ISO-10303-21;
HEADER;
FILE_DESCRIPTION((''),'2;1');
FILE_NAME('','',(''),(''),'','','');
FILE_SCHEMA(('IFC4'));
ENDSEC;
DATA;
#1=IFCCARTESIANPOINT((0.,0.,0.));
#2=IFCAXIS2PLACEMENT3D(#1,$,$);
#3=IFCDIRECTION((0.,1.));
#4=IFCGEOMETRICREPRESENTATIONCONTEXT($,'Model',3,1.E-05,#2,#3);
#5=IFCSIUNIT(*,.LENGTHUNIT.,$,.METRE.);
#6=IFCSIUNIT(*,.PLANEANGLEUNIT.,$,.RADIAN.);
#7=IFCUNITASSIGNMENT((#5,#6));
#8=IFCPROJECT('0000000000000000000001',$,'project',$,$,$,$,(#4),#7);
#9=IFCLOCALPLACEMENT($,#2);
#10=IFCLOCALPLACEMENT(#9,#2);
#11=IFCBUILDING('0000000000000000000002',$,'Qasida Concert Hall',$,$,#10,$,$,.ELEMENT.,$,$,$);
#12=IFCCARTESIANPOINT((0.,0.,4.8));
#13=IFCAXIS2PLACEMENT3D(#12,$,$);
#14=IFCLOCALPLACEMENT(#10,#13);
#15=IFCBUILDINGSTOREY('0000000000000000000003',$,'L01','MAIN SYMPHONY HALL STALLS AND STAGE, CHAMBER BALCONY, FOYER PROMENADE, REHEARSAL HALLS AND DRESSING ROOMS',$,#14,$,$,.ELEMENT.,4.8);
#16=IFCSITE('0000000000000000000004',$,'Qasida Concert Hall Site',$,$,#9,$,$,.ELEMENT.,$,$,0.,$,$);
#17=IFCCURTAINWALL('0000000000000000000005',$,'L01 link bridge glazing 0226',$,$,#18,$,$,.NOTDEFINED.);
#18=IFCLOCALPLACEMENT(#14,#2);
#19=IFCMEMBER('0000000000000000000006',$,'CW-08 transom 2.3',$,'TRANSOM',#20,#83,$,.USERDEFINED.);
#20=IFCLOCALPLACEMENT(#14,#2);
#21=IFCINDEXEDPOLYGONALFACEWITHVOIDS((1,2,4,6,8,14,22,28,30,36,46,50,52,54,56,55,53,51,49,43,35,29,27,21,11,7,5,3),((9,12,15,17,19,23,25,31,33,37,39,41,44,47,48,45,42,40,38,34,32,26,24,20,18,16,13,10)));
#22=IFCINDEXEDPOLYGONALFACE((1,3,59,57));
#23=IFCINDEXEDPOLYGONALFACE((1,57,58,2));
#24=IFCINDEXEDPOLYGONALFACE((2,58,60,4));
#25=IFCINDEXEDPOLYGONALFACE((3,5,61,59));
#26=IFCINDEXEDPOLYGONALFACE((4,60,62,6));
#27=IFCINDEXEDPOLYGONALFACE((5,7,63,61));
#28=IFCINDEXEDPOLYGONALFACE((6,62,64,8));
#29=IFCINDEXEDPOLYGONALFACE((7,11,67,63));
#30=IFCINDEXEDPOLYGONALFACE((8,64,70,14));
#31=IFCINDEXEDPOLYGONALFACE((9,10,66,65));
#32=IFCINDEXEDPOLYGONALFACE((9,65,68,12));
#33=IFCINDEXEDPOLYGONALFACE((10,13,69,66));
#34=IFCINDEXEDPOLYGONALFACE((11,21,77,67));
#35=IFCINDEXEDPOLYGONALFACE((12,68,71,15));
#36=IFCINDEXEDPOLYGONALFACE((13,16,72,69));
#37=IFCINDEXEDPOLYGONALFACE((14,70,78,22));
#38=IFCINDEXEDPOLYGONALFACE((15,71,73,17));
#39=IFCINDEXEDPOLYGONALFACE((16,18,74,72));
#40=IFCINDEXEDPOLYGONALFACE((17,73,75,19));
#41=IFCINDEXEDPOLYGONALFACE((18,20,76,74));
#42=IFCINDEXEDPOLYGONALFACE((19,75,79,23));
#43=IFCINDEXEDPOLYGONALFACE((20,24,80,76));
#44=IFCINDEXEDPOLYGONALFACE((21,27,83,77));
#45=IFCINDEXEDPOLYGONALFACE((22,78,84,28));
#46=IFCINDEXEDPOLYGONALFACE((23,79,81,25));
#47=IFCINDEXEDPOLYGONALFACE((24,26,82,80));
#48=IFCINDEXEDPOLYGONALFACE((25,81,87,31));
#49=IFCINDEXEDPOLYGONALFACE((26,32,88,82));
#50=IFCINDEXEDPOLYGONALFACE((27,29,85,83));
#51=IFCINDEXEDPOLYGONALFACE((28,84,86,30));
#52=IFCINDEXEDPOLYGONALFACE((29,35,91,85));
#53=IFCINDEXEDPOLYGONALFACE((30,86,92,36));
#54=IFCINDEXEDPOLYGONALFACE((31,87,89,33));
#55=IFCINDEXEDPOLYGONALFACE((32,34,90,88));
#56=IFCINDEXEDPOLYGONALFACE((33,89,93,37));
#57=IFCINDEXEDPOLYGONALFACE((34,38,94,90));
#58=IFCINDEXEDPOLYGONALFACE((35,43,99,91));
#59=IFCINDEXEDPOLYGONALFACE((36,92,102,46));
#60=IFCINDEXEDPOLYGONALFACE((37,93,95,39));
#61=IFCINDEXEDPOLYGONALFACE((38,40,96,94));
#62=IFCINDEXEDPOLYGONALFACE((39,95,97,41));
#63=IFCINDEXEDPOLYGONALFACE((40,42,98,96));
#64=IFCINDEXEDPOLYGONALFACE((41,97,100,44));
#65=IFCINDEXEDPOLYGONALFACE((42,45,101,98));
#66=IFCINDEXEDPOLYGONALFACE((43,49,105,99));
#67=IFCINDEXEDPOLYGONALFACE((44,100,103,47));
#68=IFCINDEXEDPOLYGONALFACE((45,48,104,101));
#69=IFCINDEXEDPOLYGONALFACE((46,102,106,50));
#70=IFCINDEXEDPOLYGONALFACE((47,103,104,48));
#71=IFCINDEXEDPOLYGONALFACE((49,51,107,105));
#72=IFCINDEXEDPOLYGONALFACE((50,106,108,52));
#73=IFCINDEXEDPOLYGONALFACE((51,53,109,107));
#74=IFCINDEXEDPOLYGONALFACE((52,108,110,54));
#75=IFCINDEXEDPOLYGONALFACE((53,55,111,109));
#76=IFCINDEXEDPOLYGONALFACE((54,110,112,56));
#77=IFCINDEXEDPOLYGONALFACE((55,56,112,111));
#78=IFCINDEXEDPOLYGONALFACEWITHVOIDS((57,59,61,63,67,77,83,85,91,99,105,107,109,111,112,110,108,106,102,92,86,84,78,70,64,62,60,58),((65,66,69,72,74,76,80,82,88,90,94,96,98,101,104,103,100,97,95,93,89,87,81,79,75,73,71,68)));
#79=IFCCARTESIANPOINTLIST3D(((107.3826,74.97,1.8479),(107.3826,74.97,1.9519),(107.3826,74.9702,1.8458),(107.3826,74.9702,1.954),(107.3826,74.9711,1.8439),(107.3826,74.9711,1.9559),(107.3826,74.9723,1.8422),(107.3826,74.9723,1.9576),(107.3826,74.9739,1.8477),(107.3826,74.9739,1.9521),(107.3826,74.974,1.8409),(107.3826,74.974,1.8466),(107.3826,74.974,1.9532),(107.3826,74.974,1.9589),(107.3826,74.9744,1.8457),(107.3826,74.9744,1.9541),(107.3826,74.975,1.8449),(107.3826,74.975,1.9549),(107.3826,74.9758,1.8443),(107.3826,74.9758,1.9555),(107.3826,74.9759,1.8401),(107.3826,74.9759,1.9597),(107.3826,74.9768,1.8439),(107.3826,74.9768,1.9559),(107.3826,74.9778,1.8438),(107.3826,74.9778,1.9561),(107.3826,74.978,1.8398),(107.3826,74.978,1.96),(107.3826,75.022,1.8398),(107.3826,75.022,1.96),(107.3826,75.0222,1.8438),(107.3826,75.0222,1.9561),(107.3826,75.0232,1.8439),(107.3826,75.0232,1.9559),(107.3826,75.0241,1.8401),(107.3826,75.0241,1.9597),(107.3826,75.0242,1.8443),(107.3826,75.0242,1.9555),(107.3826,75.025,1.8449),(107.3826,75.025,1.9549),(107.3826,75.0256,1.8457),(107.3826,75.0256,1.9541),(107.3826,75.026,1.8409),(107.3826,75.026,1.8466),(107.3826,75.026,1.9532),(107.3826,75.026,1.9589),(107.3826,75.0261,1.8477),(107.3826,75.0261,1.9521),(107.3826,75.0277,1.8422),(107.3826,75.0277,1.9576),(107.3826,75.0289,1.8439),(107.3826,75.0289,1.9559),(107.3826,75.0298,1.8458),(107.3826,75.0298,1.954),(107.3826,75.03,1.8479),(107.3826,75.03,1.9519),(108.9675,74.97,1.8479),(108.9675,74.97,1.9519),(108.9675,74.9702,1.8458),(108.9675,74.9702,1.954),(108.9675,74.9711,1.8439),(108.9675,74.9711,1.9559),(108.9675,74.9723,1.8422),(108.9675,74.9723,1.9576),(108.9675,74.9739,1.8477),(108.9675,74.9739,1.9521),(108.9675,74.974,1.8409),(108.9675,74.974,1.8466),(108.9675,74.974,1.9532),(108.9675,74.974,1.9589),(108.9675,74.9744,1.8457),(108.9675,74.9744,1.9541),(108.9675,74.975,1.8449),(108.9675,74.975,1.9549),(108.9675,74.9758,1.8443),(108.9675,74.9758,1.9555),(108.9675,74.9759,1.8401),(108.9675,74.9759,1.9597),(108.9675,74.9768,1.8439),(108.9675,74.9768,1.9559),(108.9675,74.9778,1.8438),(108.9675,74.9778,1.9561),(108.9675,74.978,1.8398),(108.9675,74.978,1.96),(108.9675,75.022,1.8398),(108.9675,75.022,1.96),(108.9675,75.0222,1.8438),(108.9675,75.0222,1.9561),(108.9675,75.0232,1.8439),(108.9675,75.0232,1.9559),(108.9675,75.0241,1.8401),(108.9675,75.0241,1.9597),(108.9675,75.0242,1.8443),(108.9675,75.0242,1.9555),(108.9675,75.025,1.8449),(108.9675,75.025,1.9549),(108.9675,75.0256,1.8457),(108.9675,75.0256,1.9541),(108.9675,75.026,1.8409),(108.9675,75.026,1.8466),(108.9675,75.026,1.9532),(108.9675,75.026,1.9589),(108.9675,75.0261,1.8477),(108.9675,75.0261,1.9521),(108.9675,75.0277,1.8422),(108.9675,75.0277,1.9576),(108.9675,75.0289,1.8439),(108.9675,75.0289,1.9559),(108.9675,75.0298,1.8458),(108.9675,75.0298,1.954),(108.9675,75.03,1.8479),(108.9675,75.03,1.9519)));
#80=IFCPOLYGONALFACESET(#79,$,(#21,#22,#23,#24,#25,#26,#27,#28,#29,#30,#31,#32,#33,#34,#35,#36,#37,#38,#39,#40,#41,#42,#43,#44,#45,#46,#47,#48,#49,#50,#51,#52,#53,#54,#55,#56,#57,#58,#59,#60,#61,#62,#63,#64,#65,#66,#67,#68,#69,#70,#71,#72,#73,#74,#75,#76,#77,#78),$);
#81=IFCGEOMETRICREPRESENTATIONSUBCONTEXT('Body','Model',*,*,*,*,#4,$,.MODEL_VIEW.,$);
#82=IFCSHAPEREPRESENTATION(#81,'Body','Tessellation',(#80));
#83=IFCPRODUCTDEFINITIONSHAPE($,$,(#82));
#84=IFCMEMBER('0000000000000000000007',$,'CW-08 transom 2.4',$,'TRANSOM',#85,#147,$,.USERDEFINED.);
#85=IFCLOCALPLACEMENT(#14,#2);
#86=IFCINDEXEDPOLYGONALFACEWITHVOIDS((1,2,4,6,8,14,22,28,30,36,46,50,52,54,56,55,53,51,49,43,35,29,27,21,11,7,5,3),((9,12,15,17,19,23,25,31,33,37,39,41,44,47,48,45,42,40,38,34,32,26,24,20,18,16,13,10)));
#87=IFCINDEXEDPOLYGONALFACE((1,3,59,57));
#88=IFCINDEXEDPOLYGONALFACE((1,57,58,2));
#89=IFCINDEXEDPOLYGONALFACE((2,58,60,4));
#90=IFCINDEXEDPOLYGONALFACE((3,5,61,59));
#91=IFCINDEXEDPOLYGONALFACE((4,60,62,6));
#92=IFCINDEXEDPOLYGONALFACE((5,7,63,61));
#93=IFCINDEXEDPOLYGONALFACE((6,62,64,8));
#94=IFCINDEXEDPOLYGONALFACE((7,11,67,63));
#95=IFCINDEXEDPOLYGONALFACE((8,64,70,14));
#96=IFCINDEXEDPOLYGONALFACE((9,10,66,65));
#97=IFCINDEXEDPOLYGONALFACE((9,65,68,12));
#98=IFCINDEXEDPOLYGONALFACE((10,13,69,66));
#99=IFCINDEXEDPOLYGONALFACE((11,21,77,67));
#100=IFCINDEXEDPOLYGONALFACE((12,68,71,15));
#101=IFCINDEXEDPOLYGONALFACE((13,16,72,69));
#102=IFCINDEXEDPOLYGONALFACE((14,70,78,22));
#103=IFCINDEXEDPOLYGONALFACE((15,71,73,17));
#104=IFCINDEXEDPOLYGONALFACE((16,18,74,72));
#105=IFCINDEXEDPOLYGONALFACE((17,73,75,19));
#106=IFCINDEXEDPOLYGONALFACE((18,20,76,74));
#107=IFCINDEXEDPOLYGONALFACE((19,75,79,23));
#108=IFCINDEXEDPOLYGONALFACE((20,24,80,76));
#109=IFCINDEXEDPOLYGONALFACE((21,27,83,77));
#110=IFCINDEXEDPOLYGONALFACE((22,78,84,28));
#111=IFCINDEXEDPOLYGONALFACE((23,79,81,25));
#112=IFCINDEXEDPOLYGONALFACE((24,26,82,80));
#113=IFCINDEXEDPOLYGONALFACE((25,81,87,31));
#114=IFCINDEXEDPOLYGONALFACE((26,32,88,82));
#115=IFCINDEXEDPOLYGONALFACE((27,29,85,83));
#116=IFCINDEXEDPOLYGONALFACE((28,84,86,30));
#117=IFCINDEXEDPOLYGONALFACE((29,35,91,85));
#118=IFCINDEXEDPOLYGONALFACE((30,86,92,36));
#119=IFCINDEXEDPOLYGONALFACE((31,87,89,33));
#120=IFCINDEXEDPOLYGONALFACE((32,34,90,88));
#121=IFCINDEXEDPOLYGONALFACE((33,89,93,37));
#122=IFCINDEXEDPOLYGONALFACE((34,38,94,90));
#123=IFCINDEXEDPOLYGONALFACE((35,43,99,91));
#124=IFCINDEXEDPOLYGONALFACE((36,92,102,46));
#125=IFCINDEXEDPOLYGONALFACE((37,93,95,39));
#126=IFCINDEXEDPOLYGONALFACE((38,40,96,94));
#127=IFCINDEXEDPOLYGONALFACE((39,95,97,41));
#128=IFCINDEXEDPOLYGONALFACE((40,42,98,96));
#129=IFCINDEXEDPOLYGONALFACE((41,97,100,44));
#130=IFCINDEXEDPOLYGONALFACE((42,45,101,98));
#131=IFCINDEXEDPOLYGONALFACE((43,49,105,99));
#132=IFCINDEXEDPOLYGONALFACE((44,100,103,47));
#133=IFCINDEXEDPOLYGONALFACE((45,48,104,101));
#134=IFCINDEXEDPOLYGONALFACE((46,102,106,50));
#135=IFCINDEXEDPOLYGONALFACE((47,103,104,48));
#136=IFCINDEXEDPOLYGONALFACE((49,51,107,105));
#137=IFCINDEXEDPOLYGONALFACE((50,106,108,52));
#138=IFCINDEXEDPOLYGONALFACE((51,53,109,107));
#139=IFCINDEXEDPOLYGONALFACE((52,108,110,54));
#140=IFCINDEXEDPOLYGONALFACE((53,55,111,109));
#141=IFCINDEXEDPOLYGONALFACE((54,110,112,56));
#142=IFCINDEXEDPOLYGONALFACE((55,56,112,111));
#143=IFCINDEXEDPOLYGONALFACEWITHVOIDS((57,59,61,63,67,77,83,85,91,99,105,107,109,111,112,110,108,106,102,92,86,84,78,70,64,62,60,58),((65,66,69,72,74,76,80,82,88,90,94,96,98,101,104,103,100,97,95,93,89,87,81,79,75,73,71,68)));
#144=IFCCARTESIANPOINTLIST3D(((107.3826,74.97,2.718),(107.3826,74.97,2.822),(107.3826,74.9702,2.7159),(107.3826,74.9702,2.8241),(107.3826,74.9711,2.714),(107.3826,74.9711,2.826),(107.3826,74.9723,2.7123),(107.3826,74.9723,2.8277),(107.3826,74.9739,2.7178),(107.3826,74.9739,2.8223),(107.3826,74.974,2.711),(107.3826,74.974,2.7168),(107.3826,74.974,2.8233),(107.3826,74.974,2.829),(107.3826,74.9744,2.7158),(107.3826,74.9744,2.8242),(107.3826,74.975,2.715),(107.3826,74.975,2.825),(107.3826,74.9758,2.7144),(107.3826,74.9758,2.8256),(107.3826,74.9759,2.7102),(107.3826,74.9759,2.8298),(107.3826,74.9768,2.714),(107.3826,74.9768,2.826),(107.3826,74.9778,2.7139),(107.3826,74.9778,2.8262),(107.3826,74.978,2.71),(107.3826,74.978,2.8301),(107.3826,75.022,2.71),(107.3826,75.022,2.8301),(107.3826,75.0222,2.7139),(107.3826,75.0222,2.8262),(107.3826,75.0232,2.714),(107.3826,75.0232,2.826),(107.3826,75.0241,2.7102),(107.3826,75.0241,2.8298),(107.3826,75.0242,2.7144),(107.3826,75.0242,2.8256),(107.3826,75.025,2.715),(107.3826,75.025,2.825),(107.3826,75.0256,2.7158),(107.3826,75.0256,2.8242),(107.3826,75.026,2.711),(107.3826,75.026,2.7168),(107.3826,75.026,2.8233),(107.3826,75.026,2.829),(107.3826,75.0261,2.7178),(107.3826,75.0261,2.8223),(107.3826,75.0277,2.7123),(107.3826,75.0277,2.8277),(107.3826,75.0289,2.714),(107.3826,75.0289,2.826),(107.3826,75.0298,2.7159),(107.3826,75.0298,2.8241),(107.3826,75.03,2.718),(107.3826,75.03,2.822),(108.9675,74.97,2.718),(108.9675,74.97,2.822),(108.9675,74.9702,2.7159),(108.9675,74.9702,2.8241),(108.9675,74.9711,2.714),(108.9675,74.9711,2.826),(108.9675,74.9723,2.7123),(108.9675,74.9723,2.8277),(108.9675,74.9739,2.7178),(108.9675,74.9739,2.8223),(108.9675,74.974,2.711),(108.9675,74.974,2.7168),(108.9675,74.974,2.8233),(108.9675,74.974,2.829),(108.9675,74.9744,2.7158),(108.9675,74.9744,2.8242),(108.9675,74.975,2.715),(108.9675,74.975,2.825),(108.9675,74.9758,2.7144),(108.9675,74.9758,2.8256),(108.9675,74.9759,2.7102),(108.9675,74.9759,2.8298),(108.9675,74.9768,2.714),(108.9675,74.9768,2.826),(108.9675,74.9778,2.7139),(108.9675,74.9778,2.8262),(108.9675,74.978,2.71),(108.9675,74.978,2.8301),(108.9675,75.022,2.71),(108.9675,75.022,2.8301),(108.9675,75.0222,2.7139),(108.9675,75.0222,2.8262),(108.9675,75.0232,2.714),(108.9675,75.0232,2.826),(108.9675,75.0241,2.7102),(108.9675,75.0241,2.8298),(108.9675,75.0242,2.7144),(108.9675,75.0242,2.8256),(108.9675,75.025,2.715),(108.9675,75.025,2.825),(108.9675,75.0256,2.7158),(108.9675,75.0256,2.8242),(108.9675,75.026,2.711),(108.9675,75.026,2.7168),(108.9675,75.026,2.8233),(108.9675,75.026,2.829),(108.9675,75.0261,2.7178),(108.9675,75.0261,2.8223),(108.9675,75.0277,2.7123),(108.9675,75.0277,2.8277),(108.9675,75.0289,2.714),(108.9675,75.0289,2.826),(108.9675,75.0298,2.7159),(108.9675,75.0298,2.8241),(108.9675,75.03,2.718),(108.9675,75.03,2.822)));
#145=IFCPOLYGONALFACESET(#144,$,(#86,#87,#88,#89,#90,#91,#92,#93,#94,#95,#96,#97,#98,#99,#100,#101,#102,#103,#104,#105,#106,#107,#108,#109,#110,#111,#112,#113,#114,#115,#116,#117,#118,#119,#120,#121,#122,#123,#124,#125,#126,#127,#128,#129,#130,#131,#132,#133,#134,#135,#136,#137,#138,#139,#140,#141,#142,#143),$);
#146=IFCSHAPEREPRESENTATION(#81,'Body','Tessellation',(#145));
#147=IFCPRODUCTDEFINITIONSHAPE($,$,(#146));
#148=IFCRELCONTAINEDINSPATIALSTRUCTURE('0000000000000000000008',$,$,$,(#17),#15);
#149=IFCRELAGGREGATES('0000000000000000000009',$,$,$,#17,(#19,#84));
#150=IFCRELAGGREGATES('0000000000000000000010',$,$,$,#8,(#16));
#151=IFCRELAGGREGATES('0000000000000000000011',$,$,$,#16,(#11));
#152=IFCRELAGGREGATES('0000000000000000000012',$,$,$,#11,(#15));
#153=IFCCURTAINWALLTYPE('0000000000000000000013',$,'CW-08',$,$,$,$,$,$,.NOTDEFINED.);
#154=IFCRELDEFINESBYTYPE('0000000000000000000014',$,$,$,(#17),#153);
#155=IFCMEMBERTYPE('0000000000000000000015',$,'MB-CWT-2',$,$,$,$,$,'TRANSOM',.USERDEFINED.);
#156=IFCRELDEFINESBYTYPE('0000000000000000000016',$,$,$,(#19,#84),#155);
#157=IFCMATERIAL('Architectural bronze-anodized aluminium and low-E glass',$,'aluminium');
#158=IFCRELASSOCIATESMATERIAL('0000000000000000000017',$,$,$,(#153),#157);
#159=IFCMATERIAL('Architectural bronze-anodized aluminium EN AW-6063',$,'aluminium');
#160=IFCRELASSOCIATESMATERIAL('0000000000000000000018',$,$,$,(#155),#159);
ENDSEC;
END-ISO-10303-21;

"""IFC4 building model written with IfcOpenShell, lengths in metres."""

from ifc_helpers import new_model, si_unit, direction, frame, origin, origin_2d, place, context, subcontext, project, spatial, hollow_rectangle, extrude, material, material_profile, profile_set, type_object, element, aggregate, save


model = new_model("IFC4")

# Units and contexts
model_context = context("Model", 3, precision=1e-05, world=origin(), true_north=direction((0.0, 1.0)))
body_context = subcontext(model_context, "Body", "Model", "MODEL_VIEW")
ifc_project = project(units=[si_unit("LENGTHUNIT", "METRE"), si_unit("PLANEANGLEUNIT", "RADIAN")], contexts=[model_context])

# Site, building, storey
site_placement = place(None, origin())
site = spatial("IfcSite", under=ifc_project, at=site_placement, Name="Qasida Concert Hall Site", CompositionType="ELEMENT", RefElevation=0.0)
building_placement = place(site_placement, origin())
building = spatial("IfcBuilding", under=site, at=building_placement, Name="Qasida Concert Hall", CompositionType="ELEMENT")
storey_placement = place(building_placement, frame((0.0, 0.0, 4.8)))
storey = spatial("IfcBuildingStorey", under=building, at=storey_placement, Name="L01", Description="MAIN SYMPHONY HALL STALLS AND STAGE, CHAMBER BALCONY, FOYER PROMENADE, REHEARSAL HALLS AND DRESSING ROOMS", CompositionType="ELEMENT", Elevation=4.8)

# Curtain wall, members
ifc_material_1 = material(Name="Architectural bronze-anodized aluminium and low-E glass", Category="aluminium")
curtain_wall_type = type_object("IfcCurtainWallType", Name="CW-08", PredefinedType="NOTDEFINED", material=ifc_material_1)
curtain_wall_placement = place(storey_placement, origin())
curtain_wall = element("IfcCurtainWall", 1, at=curtain_wall_placement, inside=storey, type_object=curtain_wall_type, Name="L01 link bridge glazing 0226", PredefinedType="NOTDEFINED")
ifc_material_2 = material(Name="Architectural bronze-anodized aluminium EN AW-6063", Category="aluminium")
ifc_material_profile_1 = material_profile(ifc_material_2, hollow_rectangle(XDim=0.0601, YDim=0.1201, WallThickness=0.0039, InnerFilletRadius=0.0039, OuterFilletRadius=0.0081, at=origin_2d()), Name="CWT 120x60x4")
ifc_profile_set_1 = profile_set([ifc_material_profile_1], Name="Architectural bronze-anodized aluminium EN AW-6063")
member_type_1 = type_object("IfcMemberType", Name="MB-CWT-2", ElementType="TRANSOM", PredefinedType="USERDEFINED", material=ifc_profile_set_1)
member_1_placement = place(storey_placement, frame((107.3826, 75.0, 1.8999), z_axis=(1.0, 0.0, 0.0), x_axis=(0.0, 1.0, 0.0)))
member_1 = element("IfcMember", 2, at=member_1_placement, type_object=member_type_1, Name="CW-08 transom 2.3", ObjectType="TRANSOM", PredefinedType="USERDEFINED", context=body_context, shape_type="SweptSolid", body=[
    extrude(hollow_rectangle(XDim=0.0601, YDim=0.1201, WallThickness=0.0039, InnerFilletRadius=0.0039, OuterFilletRadius=0.0081, at=origin_2d()), origin(), (0.0, 0.0, 1.0), 1.585),
])
member_2_placement = place(storey_placement, frame((107.3826, 75.0, 2.77), z_axis=(1.0, 0.0, 0.0), x_axis=(0.0, 1.0, 0.0)))
member_2 = element("IfcMember", 3, at=member_2_placement, type_object=member_type_1, Name="CW-08 transom 2.4", ObjectType="TRANSOM", PredefinedType="USERDEFINED", context=body_context, shape_type="SweptSolid", body=[
    extrude(hollow_rectangle(XDim=0.0601, YDim=0.1201, WallThickness=0.0039, InnerFilletRadius=0.0039, OuterFilletRadius=0.0081, at=origin_2d()), origin(), (0.0, 0.0, 1.0), 1.585),
])
aggregate(curtain_wall, [member_1, member_2])

save(model, "model.ifc")
